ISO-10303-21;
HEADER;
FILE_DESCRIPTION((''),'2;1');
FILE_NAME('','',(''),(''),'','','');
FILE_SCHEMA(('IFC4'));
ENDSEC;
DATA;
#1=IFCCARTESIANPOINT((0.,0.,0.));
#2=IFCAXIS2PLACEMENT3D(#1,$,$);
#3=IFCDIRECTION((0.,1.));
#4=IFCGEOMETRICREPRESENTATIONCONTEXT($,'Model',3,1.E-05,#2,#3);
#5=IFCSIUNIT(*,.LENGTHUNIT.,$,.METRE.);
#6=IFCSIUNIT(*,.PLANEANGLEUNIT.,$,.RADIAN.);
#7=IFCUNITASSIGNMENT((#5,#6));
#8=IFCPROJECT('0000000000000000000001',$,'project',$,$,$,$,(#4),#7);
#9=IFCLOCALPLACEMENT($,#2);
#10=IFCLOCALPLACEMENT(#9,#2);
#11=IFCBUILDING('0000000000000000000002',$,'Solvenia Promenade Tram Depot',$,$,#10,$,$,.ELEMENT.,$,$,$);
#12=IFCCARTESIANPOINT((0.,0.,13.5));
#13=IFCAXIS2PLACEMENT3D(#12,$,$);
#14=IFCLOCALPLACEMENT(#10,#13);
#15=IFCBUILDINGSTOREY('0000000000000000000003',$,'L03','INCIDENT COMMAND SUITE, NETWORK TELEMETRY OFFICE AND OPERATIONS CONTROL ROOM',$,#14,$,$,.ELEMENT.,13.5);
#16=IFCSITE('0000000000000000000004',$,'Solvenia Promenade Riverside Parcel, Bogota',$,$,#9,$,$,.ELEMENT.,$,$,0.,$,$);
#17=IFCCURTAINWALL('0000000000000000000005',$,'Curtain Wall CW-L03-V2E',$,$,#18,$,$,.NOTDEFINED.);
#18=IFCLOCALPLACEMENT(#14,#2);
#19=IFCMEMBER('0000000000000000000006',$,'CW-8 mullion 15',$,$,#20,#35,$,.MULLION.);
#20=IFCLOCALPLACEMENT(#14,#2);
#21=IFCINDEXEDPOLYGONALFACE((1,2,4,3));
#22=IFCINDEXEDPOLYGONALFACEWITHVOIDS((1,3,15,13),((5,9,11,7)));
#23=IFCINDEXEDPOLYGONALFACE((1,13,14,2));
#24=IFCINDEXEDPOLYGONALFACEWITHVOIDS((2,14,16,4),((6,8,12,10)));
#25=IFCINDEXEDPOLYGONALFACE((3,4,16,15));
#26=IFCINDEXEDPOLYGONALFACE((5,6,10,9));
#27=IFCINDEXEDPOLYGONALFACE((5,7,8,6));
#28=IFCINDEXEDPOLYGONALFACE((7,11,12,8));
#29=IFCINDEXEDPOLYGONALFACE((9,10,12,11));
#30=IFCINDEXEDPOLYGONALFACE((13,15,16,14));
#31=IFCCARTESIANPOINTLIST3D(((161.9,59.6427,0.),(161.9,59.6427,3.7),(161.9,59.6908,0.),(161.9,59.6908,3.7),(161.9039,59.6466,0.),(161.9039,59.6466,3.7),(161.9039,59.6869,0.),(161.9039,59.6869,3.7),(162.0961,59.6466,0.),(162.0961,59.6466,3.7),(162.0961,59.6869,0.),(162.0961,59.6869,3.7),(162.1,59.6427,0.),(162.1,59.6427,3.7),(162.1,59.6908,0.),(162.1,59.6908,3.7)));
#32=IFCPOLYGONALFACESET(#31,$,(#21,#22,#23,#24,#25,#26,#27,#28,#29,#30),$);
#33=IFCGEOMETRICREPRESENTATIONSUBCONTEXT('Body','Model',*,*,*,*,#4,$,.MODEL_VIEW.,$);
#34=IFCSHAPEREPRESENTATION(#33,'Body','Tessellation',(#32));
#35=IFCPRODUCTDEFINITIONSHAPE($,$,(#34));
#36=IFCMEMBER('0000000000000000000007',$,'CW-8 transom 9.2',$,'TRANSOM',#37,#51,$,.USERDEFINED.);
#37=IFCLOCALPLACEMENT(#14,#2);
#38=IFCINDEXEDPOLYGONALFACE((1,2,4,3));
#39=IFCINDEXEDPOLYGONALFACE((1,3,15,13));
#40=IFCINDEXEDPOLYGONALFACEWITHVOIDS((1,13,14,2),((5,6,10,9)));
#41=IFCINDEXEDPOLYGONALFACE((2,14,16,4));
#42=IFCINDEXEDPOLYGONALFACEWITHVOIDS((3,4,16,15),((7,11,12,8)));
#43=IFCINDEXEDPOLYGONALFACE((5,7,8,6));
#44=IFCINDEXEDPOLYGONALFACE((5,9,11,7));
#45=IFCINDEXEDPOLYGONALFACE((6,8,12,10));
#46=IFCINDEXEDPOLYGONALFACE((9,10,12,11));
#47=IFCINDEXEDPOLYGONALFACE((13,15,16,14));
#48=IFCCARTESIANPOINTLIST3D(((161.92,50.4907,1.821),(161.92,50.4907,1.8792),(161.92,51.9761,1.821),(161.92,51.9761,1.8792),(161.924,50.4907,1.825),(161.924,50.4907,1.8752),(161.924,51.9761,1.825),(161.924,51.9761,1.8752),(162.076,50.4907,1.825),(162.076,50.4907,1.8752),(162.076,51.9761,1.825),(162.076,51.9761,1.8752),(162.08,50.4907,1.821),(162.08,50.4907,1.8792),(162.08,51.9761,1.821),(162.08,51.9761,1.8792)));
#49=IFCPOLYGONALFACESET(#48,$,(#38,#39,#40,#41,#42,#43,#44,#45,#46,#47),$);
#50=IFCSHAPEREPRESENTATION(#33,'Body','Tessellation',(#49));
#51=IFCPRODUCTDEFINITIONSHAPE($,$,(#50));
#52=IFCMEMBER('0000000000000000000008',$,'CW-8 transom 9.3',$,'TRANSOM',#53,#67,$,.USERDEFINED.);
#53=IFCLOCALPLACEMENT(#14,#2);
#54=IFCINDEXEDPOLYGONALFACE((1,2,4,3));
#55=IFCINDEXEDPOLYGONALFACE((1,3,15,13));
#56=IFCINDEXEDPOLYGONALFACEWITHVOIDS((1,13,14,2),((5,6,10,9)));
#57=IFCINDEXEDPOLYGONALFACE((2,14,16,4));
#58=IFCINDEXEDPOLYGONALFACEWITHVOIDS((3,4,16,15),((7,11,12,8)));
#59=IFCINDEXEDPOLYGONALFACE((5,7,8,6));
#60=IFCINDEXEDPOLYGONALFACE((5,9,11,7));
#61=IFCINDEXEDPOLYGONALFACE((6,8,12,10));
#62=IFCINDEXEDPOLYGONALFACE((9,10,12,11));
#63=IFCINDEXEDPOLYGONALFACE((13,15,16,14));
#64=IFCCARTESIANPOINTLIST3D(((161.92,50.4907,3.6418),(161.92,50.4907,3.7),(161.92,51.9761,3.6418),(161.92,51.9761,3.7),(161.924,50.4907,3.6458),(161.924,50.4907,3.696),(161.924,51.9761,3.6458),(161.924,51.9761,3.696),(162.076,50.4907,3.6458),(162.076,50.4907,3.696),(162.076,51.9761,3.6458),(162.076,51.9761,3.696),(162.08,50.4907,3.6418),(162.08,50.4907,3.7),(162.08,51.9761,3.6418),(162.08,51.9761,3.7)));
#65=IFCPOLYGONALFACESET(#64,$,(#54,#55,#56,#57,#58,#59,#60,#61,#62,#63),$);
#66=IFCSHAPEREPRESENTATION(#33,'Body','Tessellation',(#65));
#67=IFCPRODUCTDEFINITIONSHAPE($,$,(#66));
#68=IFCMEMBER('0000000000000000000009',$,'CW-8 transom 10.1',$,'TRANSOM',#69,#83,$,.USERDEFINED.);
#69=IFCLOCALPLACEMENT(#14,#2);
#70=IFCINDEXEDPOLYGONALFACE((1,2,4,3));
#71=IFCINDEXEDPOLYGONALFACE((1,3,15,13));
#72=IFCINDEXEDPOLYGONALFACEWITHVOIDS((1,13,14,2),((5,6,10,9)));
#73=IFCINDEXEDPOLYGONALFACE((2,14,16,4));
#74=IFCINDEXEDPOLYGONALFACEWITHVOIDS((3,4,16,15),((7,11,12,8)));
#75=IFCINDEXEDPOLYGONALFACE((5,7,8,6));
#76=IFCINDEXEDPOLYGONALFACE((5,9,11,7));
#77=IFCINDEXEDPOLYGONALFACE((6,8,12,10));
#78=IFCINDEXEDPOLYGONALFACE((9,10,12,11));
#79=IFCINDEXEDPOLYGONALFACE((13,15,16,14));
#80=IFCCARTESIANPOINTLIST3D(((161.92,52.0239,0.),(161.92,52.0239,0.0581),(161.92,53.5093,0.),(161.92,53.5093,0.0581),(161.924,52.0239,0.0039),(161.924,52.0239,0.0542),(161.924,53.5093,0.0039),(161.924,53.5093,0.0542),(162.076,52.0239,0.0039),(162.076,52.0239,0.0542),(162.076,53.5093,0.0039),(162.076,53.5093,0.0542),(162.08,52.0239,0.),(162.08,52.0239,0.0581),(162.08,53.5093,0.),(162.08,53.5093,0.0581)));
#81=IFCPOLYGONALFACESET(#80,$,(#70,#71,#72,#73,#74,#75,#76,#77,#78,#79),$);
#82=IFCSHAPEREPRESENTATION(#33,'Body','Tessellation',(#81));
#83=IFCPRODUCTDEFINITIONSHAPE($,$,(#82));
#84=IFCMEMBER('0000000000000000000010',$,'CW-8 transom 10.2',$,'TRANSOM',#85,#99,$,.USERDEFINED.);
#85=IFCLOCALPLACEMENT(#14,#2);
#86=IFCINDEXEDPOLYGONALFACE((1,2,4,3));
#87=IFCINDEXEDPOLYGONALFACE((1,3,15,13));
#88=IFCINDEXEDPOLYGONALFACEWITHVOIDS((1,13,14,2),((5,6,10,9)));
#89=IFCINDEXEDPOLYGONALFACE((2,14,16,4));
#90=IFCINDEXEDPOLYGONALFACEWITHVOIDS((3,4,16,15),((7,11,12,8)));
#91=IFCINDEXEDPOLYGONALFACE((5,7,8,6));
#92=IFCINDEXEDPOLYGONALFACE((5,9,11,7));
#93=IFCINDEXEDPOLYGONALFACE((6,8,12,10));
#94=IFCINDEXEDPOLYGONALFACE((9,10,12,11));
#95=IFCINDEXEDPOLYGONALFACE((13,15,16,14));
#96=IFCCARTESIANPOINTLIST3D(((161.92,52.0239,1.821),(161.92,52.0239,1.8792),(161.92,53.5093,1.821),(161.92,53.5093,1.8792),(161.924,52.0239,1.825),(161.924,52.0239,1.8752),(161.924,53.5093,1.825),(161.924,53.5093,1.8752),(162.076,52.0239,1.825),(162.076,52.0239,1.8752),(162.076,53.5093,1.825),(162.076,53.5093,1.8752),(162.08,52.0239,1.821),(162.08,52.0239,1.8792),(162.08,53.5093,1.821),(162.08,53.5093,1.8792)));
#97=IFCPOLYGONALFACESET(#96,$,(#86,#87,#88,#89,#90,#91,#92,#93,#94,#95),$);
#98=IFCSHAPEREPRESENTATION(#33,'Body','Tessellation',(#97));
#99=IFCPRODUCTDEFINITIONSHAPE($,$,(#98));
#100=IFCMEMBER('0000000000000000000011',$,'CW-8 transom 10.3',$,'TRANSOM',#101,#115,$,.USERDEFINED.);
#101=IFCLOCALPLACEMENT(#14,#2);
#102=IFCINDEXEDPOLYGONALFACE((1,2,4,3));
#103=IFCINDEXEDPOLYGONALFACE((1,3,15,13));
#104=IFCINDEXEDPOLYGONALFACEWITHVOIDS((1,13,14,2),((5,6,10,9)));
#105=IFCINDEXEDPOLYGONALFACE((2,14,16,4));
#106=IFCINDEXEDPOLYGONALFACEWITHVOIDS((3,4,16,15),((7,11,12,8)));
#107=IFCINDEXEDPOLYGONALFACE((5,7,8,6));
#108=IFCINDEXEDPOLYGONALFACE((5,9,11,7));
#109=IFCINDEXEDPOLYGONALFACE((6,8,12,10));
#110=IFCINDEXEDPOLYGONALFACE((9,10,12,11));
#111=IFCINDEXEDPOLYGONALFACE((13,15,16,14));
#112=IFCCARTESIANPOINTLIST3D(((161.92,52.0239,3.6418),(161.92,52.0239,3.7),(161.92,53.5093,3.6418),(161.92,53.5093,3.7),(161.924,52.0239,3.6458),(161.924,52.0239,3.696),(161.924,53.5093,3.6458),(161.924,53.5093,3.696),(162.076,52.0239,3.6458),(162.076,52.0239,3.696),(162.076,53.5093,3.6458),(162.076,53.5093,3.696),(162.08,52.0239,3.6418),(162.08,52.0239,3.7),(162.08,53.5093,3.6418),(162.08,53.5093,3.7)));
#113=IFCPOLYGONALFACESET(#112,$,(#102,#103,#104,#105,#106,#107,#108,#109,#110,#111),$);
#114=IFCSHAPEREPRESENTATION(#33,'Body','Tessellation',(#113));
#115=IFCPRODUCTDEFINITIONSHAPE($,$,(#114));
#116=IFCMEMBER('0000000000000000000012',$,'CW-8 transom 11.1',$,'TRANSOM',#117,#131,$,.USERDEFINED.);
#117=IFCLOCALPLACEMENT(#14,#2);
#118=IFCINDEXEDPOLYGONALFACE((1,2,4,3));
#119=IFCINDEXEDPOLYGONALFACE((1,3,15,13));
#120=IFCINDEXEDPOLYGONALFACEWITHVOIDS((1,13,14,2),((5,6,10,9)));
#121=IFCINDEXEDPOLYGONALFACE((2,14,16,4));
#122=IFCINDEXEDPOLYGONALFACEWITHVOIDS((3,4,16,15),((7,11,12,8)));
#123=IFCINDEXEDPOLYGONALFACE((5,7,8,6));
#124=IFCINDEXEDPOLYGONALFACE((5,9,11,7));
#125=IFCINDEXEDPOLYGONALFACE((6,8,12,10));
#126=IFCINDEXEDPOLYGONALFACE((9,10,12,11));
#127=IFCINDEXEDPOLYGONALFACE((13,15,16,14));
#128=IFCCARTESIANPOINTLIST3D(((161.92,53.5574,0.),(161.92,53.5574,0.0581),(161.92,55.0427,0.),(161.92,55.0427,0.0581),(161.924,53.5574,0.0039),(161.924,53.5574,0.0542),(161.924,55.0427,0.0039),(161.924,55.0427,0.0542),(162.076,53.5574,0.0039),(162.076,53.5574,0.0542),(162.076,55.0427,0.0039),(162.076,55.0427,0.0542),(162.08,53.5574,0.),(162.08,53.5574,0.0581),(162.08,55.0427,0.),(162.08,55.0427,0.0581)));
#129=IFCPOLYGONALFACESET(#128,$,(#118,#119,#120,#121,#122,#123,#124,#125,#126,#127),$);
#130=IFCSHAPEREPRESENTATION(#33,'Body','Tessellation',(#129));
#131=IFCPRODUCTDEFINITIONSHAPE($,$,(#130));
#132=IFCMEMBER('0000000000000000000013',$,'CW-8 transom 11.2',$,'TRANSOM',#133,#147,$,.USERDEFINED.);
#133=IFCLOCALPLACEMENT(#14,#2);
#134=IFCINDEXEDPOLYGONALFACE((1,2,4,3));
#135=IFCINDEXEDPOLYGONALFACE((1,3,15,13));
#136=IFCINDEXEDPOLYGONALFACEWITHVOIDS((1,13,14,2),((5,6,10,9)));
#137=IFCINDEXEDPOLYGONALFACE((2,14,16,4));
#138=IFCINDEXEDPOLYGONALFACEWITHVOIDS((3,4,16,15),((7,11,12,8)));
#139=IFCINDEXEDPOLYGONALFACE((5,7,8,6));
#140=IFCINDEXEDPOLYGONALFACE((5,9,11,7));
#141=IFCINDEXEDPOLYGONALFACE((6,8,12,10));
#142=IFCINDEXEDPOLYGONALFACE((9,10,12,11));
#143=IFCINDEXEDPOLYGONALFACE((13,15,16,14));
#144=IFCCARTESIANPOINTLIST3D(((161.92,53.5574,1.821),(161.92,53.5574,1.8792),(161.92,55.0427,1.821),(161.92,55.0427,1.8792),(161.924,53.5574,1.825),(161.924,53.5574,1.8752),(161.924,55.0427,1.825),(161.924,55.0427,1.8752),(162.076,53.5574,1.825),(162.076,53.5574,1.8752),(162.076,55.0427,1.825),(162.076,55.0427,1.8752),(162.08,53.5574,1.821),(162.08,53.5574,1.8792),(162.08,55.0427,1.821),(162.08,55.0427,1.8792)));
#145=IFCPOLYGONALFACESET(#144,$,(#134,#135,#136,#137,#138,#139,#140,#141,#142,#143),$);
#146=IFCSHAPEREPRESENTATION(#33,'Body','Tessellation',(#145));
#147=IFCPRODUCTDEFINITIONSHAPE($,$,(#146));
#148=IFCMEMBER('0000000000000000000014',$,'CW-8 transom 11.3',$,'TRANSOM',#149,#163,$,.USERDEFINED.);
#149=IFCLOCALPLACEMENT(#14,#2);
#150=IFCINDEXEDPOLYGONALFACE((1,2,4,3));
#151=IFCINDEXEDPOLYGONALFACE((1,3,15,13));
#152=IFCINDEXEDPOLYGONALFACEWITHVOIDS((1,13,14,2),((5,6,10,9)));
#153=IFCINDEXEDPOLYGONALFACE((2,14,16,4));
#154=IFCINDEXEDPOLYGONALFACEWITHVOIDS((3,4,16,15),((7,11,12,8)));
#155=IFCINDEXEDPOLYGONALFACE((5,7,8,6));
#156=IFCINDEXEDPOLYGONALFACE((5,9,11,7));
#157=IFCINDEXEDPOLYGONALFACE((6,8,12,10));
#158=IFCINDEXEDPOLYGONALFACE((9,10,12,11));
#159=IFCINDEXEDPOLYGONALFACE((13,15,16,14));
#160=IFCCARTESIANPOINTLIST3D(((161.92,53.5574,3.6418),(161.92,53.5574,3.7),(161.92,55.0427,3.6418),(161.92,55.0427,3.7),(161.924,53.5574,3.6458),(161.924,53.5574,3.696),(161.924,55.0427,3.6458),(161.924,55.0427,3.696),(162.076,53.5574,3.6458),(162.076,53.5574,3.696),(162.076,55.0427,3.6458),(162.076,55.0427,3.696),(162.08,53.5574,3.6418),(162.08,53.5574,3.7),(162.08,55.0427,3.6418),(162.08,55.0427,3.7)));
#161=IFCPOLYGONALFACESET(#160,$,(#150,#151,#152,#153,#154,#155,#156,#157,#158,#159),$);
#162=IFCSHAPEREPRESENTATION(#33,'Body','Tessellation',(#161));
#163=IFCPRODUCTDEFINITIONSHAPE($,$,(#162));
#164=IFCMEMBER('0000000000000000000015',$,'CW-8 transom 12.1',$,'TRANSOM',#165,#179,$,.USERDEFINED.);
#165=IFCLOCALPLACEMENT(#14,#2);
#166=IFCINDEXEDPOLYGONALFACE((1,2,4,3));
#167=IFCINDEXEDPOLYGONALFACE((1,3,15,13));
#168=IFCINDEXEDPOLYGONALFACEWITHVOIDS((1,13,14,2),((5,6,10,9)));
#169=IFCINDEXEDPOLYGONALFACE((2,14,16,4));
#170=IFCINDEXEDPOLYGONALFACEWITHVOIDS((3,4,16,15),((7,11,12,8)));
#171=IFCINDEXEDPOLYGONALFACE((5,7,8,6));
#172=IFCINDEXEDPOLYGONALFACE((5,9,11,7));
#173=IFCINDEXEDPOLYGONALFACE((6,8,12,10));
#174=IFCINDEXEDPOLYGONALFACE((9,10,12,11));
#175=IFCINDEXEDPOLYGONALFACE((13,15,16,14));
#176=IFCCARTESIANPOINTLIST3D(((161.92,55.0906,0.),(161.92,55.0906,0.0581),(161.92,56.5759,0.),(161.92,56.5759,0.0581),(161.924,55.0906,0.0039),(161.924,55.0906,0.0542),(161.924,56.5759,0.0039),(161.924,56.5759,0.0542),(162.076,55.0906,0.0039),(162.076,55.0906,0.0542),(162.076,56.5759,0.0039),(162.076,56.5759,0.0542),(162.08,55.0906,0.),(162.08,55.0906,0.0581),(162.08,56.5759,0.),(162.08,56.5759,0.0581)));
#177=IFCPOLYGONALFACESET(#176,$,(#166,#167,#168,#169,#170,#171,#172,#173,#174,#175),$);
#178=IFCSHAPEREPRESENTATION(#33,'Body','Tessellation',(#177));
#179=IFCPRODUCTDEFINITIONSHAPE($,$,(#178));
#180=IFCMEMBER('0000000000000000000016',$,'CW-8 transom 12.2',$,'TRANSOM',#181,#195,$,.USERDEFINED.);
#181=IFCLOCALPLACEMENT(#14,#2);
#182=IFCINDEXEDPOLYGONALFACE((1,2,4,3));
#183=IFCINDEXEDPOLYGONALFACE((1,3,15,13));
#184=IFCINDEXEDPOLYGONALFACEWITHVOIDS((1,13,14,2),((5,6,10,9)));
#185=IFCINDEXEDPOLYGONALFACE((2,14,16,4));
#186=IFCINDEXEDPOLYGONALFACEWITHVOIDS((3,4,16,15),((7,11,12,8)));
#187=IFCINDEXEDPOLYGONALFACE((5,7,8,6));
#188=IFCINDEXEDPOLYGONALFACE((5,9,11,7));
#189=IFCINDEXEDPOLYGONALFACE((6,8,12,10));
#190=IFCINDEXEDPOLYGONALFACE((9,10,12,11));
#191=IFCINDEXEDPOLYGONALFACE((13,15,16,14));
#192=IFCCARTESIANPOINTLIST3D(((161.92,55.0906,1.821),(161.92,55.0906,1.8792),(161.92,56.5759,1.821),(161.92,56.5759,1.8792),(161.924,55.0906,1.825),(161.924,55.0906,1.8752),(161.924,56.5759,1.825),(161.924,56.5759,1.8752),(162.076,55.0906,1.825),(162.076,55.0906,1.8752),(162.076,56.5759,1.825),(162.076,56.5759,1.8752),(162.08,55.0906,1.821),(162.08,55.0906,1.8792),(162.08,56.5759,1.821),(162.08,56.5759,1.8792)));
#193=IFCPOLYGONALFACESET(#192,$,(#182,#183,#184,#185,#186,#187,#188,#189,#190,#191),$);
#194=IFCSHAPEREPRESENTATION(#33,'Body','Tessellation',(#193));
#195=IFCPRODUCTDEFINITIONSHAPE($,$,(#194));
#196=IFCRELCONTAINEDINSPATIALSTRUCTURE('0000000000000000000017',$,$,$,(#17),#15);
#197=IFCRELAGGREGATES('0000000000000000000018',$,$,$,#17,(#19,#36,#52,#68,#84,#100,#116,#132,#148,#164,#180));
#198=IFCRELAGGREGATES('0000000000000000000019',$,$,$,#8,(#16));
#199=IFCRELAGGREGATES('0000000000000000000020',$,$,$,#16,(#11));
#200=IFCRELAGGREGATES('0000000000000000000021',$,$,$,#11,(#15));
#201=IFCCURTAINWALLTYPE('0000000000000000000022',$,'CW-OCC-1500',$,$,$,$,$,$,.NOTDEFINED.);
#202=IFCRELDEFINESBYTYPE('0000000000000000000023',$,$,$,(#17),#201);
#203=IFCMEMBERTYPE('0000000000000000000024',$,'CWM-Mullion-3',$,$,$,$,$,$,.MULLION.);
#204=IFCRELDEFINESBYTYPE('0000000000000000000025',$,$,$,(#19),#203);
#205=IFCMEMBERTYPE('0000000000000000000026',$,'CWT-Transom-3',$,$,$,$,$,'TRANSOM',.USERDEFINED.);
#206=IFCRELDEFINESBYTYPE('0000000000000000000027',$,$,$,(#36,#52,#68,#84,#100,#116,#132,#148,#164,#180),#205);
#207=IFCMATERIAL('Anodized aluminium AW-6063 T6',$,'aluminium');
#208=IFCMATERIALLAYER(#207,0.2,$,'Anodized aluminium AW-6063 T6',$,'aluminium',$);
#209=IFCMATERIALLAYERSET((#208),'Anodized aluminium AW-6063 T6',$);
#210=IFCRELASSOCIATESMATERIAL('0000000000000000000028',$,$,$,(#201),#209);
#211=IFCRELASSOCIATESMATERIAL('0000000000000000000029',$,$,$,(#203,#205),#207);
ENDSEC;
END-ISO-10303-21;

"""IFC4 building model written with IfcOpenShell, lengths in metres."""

from ifc_helpers import new_model, si_unit, direction, frame, origin, origin_2d, place, context, subcontext, project, spatial, hollow_rectangle, extrude, material, layer, layer_set, material_profile, profile_set, type_object, element, aggregate, save


model = new_model("IFC4")

# Units and contexts
model_context = context("Model", 3, precision=1e-05, world=origin(), true_north=direction((0.0, 1.0)))
body_context = subcontext(model_context, "Body", "Model", "MODEL_VIEW")
ifc_project = project(units=[si_unit("LENGTHUNIT", "METRE"), si_unit("PLANEANGLEUNIT", "RADIAN")], contexts=[model_context])

# Site, building, storey
site_placement = place(None, origin())
site = spatial("IfcSite", under=ifc_project, at=site_placement, Name="Solvenia Promenade Riverside Parcel, Bogota", CompositionType="ELEMENT", RefElevation=0.0)
building_placement = place(site_placement, origin())
building = spatial("IfcBuilding", under=site, at=building_placement, Name="Solvenia Promenade Tram Depot", CompositionType="ELEMENT")
storey_placement = place(building_placement, frame((0.0, 0.0, 13.5)))
storey = spatial("IfcBuildingStorey", under=building, at=storey_placement, Name="L03", Description="INCIDENT COMMAND SUITE, NETWORK TELEMETRY OFFICE AND OPERATIONS CONTROL ROOM", CompositionType="ELEMENT", Elevation=13.5)

# Curtain wall, members
ifc_material_1 = material(Name="Anodized aluminium AW-6063 T6", Category="aluminium")
ifc_layer_1 = layer(ifc_material_1, 0.2, Name="Anodized aluminium AW-6063 T6", Category="aluminium")
ifc_layer_set_1 = layer_set([ifc_layer_1], Name="Anodized aluminium AW-6063 T6")
curtain_wall_type = type_object("IfcCurtainWallType", Name="CW-OCC-1500", PredefinedType="NOTDEFINED", material=ifc_layer_set_1)
curtain_wall_placement = place(storey_placement, origin())
curtain_wall = element("IfcCurtainWall", 1, at=curtain_wall_placement, inside=storey, type_object=curtain_wall_type, Name="Curtain Wall CW-L03-V2E", PredefinedType="NOTDEFINED")
ifc_material_profile_1 = material_profile(ifc_material_1, hollow_rectangle(XDim=0.2, YDim=0.0481, WallThickness=0.0039, at=origin_2d()), Name="ALU-M3", Category="aluminium")
ifc_profile_set_1 = profile_set([ifc_material_profile_1], Name="Anodized aluminium AW-6063 T6")
member_type_1 = type_object("IfcMemberType", Name="CWM-Mullion-3", PredefinedType="MULLION", material=ifc_profile_set_1)
member_1_placement = place(storey_placement, frame((162.0, 59.6667, 0.0), z_axis=(0.0, 0.0, 1.0), x_axis=(-1.0, 0.0, 0.0)))
member_1 = element("IfcMember", 2, at=member_1_placement, type_object=member_type_1, Name="CW-8 mullion 15", PredefinedType="MULLION", context=body_context, shape_type="SweptSolid", body=[
    extrude(hollow_rectangle(XDim=0.2, YDim=0.0481, WallThickness=0.0039, at=origin_2d()), origin(), (0.0, 0.0, 1.0), 3.7),
])
ifc_material_profile_2 = material_profile(ifc_material_1, hollow_rectangle(XDim=0.1599, YDim=0.0581, WallThickness=0.0039, at=origin_2d()), Name="ALU-T3", Category="aluminium")
ifc_profile_set_2 = profile_set([ifc_material_profile_2], Name="Anodized aluminium AW-6063 T6")
member_type_2 = type_object("IfcMemberType", Name="CWT-Transom-3", ElementType="TRANSOM", PredefinedType="USERDEFINED", material=ifc_profile_set_2)
member_2_placement = place(storey_placement, frame((162.0, 50.4907, 1.8501), z_axis=(0.0, 1.0, 0.0), x_axis=(-1.0, 0.0, 0.0)))
member_2 = element("IfcMember", 3, at=member_2_placement, type_object=member_type_2, Name="CW-8 transom 9.2", ObjectType="TRANSOM", PredefinedType="USERDEFINED", context=body_context, shape_type="SweptSolid", body=[
    extrude(hollow_rectangle(XDim=0.1599, YDim=0.0581, WallThickness=0.0039, at=origin_2d()), origin(), (0.0, 0.0, 1.0), 1.4854),
])
member_3_placement = place(storey_placement, frame((162.0, 50.4907, 3.6709), z_axis=(0.0, 1.0, 0.0), x_axis=(-1.0, 0.0, 0.0)))
member_3 = element("IfcMember", 4, at=member_3_placement, type_object=member_type_2, Name="CW-8 transom 9.3", ObjectType="TRANSOM", PredefinedType="USERDEFINED", context=body_context, shape_type="SweptSolid", body=[
    extrude(hollow_rectangle(XDim=0.1599, YDim=0.0581, WallThickness=0.0039, at=origin_2d()), origin(), (0.0, 0.0, 1.0), 1.4854),
])
member_4_placement = place(storey_placement, frame((162.0, 52.0239, 0.0291), z_axis=(0.0, 1.0, 0.0), x_axis=(-1.0, 0.0, 0.0)))
member_4 = element("IfcMember", 5, at=member_4_placement, type_object=member_type_2, Name="CW-8 transom 10.1", ObjectType="TRANSOM", PredefinedType="USERDEFINED", context=body_context, shape_type="SweptSolid", body=[
    extrude(hollow_rectangle(XDim=0.1599, YDim=0.0581, WallThickness=0.0039, at=origin_2d()), origin(), (0.0, 0.0, 1.0), 1.4854),
])
member_5_placement = place(storey_placement, frame((162.0, 52.0239, 1.8501), z_axis=(0.0, 1.0, 0.0), x_axis=(-1.0, 0.0, 0.0)))
member_5 = element("IfcMember", 6, at=member_5_placement, type_object=member_type_2, Name="CW-8 transom 10.2", ObjectType="TRANSOM", PredefinedType="USERDEFINED", context=body_context, shape_type="SweptSolid", body=[
    extrude(hollow_rectangle(XDim=0.1599, YDim=0.0581, WallThickness=0.0039, at=origin_2d()), origin(), (0.0, 0.0, 1.0), 1.4854),
])
member_6_placement = place(storey_placement, frame((162.0, 52.0239, 3.6709), z_axis=(0.0, 1.0, 0.0), x_axis=(-1.0, 0.0, 0.0)))
member_6 = element("IfcMember", 7, at=member_6_placement, type_object=member_type_2, Name="CW-8 transom 10.3", ObjectType="TRANSOM", PredefinedType="USERDEFINED", context=body_context, shape_type="SweptSolid", body=[
    extrude(hollow_rectangle(XDim=0.1599, YDim=0.0581, WallThickness=0.0039, at=origin_2d()), origin(), (0.0, 0.0, 1.0), 1.4854),
])
member_7_placement = place(storey_placement, frame((162.0, 53.5574, 0.0291), z_axis=(0.0, 1.0, 0.0), x_axis=(-1.0, 0.0, 0.0)))
member_7 = element("IfcMember", 8, at=member_7_placement, type_object=member_type_2, Name="CW-8 transom 11.1", ObjectType="TRANSOM", PredefinedType="USERDEFINED", context=body_context, shape_type="SweptSolid", body=[
    extrude(hollow_rectangle(XDim=0.1599, YDim=0.0581, WallThickness=0.0039, at=origin_2d()), origin(), (0.0, 0.0, 1.0), 1.4854),
])
member_8_placement = place(storey_placement, frame((162.0, 53.5574, 1.8501), z_axis=(0.0, 1.0, 0.0), x_axis=(-1.0, 0.0, 0.0)))
member_8 = element("IfcMember", 9, at=member_8_placement, type_object=member_type_2, Name="CW-8 transom 11.2", ObjectType="TRANSOM", PredefinedType="USERDEFINED", context=body_context, shape_type="SweptSolid", body=[
    extrude(hollow_rectangle(XDim=0.1599, YDim=0.0581, WallThickness=0.0039, at=origin_2d()), origin(), (0.0, 0.0, 1.0), 1.4854),
])
member_9_placement = place(storey_placement, frame((162.0, 53.5574, 3.6709), z_axis=(0.0, 1.0, 0.0), x_axis=(-1.0, 0.0, 0.0)))
member_9 = element("IfcMember", 10, at=member_9_placement, type_object=member_type_2, Name="CW-8 transom 11.3", ObjectType="TRANSOM", PredefinedType="USERDEFINED", context=body_context, shape_type="SweptSolid", body=[
    extrude(hollow_rectangle(XDim=0.1599, YDim=0.0581, WallThickness=0.0039, at=origin_2d()), origin(), (0.0, 0.0, 1.0), 1.4854),
])
member_10_placement = place(storey_placement, frame((162.0, 55.0906, 0.0291), z_axis=(0.0, 1.0, 0.0), x_axis=(-1.0, 0.0, 0.0)))
member_10 = element("IfcMember", 11, at=member_10_placement, type_object=member_type_2, Name="CW-8 transom 12.1", ObjectType="TRANSOM", PredefinedType="USERDEFINED", context=body_context, shape_type="SweptSolid", body=[
    extrude(hollow_rectangle(XDim=0.1599, YDim=0.0581, WallThickness=0.0039, at=origin_2d()), origin(), (0.0, 0.0, 1.0), 1.4854),
])
member_11_placement = place(storey_placement, frame((162.0, 55.0906, 1.8501), z_axis=(0.0, 1.0, 0.0), x_axis=(-1.0, 0.0, 0.0)))
member_11 = element("IfcMember", 12, at=member_11_placement, type_object=member_type_2, Name="CW-8 transom 12.2", ObjectType="TRANSOM", PredefinedType="USERDEFINED", context=body_context, shape_type="SweptSolid", body=[
    extrude(hollow_rectangle(XDim=0.1599, YDim=0.0581, WallThickness=0.0039, at=origin_2d()), origin(), (0.0, 0.0, 1.0), 1.4854),
])

aggregate(curtain_wall, [member_1, member_2, member_3, member_4, member_5, member_6, member_7, member_8, member_9, member_10, member_11])

save(model, "model.ifc")
